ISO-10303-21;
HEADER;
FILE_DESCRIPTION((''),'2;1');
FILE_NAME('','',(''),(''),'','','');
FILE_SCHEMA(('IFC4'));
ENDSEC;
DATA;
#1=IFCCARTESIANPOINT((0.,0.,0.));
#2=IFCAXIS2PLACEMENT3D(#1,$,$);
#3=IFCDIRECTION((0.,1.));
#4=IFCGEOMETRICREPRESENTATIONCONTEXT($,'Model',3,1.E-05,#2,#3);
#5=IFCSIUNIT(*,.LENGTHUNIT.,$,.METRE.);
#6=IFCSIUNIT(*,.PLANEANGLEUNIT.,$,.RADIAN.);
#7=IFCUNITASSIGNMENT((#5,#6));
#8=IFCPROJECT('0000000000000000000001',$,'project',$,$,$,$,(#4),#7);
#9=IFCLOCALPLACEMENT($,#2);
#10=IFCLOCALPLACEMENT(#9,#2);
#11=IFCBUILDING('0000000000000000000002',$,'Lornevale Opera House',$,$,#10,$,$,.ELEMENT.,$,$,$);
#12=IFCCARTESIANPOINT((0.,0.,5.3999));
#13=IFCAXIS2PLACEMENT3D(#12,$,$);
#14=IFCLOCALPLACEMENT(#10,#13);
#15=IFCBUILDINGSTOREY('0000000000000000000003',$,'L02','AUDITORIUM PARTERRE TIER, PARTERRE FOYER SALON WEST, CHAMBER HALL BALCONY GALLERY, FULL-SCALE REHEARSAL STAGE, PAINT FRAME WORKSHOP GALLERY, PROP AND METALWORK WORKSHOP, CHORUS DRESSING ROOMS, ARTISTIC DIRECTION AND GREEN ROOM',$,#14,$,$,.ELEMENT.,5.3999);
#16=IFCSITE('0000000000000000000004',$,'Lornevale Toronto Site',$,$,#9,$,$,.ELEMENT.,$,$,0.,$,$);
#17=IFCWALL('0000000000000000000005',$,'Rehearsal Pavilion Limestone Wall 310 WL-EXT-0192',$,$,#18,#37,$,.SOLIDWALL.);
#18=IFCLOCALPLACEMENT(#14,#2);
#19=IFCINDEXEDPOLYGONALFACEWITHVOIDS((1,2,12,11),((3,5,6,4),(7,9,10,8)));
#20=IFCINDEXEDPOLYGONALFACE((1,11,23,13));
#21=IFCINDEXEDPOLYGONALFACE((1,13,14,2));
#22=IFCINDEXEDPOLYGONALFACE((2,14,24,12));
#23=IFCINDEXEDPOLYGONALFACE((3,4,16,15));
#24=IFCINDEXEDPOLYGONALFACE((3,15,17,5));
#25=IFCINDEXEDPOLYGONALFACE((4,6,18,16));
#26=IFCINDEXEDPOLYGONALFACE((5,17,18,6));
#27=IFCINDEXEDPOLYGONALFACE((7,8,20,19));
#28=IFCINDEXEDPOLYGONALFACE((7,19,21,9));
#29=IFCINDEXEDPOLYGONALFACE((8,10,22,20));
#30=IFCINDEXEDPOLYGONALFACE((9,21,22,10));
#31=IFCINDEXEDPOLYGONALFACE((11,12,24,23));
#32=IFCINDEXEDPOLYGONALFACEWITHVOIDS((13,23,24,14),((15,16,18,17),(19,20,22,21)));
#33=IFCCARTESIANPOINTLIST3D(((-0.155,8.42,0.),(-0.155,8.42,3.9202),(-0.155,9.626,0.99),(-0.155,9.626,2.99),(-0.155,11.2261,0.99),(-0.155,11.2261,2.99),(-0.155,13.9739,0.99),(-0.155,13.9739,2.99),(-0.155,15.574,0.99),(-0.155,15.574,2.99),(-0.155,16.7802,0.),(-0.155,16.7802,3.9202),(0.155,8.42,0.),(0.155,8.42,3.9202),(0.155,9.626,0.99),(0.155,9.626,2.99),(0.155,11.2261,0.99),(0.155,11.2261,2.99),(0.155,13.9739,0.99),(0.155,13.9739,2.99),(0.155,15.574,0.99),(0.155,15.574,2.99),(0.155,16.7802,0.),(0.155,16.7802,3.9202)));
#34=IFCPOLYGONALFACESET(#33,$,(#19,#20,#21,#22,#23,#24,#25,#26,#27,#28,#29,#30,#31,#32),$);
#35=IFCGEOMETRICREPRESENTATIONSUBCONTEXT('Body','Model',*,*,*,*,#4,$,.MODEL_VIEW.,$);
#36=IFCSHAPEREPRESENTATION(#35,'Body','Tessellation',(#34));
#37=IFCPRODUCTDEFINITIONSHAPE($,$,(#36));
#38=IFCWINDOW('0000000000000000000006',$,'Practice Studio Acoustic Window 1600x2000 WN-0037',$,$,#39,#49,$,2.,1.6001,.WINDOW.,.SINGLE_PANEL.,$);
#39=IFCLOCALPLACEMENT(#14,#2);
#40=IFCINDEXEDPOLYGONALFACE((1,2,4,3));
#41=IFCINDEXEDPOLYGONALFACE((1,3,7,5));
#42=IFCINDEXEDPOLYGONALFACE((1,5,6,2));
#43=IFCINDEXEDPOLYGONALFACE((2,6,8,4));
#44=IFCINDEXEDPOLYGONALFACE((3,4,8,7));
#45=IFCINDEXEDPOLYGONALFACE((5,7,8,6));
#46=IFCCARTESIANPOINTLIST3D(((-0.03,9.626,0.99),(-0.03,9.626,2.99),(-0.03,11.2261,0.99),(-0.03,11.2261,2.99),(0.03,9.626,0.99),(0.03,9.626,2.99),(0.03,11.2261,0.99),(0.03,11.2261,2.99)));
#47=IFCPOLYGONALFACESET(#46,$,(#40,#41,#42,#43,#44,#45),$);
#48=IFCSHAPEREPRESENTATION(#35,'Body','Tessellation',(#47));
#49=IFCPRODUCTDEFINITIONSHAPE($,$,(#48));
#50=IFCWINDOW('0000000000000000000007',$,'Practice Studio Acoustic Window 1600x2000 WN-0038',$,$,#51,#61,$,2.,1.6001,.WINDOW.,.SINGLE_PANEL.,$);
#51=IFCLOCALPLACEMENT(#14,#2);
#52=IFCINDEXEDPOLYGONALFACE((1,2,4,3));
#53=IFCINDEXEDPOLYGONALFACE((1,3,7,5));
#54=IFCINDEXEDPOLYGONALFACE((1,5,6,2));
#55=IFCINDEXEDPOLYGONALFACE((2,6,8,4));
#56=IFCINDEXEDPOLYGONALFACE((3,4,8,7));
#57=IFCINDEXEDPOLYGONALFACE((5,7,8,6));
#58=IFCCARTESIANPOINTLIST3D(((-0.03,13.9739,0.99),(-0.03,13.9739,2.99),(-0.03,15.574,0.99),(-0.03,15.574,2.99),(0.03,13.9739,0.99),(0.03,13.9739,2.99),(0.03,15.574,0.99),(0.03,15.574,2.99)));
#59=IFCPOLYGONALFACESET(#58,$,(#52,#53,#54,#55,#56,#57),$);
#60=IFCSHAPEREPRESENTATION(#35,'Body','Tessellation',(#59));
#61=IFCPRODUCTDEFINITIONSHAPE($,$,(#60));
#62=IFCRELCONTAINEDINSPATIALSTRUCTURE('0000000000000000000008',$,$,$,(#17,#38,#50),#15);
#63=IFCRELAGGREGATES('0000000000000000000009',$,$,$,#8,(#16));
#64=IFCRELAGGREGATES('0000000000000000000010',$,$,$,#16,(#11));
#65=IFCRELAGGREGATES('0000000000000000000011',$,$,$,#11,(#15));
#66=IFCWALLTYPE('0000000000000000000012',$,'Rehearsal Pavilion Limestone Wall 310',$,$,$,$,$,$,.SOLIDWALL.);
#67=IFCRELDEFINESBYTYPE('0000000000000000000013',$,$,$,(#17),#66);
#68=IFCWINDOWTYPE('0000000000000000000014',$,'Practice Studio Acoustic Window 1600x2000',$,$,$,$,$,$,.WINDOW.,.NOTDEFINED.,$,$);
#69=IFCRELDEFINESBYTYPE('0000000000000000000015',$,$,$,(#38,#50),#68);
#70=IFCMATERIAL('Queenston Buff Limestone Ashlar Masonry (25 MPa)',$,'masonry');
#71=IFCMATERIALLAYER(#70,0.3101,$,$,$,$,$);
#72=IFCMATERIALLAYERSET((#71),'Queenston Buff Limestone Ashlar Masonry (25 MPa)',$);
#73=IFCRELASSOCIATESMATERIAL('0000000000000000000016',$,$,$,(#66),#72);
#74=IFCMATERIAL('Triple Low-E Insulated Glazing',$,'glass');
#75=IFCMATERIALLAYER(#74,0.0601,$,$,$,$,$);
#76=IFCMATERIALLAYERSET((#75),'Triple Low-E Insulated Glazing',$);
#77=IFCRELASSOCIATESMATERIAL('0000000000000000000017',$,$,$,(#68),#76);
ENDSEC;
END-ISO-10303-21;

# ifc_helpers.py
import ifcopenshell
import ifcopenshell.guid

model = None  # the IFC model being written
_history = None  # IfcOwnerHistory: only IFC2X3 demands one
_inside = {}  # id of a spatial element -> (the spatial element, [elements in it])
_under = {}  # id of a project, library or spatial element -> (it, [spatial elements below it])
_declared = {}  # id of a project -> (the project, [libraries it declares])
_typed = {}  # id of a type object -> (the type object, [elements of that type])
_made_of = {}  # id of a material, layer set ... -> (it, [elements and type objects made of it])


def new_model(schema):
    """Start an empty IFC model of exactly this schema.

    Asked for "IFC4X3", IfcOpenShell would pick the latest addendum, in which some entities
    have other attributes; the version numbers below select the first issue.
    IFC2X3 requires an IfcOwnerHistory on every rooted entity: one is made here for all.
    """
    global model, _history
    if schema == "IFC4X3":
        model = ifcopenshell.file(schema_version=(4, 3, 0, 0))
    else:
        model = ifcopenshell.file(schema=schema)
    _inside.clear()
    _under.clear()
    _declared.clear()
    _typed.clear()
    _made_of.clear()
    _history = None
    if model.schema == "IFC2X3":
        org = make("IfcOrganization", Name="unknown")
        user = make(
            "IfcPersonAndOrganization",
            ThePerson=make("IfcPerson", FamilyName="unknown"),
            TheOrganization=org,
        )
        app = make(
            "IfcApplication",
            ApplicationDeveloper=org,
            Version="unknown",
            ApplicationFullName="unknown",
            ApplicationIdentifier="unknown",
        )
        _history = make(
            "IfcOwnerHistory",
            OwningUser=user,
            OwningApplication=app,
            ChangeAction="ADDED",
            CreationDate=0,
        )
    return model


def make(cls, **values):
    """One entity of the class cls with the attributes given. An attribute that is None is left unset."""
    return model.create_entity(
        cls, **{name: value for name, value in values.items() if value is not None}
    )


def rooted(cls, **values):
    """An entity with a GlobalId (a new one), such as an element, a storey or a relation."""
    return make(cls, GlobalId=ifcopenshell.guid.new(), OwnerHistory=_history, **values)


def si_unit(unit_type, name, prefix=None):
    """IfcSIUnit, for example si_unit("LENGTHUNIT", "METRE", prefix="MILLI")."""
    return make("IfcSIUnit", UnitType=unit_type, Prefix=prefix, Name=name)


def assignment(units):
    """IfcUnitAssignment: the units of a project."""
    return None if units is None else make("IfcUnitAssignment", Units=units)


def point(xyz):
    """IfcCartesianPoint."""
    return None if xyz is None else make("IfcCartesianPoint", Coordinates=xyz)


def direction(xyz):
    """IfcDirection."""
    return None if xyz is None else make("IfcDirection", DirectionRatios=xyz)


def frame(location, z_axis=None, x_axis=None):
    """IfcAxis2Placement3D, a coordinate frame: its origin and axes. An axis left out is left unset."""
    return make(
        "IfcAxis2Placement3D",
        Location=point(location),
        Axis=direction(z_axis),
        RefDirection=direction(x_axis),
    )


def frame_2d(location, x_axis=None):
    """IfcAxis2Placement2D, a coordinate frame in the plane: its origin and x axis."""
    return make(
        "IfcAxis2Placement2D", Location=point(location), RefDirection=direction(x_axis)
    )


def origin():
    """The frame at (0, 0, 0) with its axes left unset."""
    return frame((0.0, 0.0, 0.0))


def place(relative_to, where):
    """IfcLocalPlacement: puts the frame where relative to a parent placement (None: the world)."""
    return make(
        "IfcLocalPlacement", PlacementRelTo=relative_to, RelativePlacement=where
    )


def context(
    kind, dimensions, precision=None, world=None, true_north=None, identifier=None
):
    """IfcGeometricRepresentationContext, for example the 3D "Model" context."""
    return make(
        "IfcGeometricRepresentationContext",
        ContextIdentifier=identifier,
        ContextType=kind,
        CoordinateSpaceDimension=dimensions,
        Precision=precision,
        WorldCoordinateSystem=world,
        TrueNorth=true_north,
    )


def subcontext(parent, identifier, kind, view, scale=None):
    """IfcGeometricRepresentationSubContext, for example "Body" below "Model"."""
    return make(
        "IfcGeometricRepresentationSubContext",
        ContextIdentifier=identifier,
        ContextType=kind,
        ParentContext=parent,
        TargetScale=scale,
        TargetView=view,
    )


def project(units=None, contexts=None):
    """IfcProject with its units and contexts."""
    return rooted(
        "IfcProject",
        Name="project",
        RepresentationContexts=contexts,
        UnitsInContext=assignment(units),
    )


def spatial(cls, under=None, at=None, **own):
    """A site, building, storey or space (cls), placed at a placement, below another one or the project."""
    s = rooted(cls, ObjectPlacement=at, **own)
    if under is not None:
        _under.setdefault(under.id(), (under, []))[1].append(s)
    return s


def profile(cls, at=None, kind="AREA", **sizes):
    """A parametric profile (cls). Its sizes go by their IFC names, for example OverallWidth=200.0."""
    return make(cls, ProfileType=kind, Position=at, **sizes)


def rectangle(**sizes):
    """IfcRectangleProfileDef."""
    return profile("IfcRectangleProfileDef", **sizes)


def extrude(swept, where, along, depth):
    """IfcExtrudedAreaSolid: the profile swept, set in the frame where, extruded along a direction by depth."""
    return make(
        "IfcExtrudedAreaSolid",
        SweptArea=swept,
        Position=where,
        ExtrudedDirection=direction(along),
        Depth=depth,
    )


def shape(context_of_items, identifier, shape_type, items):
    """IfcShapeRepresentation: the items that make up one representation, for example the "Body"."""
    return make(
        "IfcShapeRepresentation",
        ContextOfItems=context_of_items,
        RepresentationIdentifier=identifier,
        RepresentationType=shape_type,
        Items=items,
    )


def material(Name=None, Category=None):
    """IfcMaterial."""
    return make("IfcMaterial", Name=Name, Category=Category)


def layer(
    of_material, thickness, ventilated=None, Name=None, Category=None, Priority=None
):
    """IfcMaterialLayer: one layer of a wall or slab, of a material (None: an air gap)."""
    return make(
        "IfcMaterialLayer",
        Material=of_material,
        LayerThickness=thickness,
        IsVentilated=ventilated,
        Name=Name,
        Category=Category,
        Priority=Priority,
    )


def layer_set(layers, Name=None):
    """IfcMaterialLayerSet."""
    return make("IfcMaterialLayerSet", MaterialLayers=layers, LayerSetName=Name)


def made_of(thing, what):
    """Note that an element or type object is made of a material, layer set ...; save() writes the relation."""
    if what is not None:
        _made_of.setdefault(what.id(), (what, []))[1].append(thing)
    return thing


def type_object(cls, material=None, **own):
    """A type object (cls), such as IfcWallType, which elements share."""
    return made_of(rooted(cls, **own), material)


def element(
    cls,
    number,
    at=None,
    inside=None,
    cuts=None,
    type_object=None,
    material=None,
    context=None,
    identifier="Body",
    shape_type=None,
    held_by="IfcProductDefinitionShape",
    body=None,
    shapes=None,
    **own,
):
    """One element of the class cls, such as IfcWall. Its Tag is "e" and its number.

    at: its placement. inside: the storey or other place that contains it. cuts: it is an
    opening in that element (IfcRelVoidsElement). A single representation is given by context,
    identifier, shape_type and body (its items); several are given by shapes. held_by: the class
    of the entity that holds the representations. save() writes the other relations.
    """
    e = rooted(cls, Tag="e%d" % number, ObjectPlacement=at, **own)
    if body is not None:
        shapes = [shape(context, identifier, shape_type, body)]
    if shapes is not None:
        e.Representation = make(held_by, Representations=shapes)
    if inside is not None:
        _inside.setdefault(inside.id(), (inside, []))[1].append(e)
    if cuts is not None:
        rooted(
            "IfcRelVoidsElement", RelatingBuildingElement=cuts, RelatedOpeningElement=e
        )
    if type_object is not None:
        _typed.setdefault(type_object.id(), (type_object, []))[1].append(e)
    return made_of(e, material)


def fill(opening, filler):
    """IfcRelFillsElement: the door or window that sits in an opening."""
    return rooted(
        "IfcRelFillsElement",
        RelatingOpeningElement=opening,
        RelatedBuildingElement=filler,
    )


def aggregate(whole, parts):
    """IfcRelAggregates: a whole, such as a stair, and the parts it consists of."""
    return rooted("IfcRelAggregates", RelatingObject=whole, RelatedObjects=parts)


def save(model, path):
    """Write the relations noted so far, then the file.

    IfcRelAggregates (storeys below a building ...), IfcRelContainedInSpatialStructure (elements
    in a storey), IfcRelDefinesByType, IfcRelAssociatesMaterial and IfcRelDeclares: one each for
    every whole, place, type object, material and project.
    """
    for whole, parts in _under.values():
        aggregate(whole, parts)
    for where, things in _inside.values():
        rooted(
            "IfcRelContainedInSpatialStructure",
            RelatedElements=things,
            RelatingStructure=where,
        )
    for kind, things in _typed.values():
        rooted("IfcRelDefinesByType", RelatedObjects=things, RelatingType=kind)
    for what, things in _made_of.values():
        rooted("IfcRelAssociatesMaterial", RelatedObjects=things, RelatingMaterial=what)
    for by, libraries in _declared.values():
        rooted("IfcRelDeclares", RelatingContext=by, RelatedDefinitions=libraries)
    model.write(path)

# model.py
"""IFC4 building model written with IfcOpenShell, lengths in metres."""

from ifc_helpers import new_model, si_unit, direction, frame, frame_2d, origin, place, context, subcontext, project, spatial, rectangle, extrude, material, layer, layer_set, type_object, element, fill, save


model = new_model("IFC4")

# Units and contexts
model_context = context("Model", 3, precision=1e-05, world=origin(), true_north=direction((0.0, 1.0)))
body_context = subcontext(model_context, "Body", "Model", "MODEL_VIEW")
ifc_project = project(units=[si_unit("LENGTHUNIT", "METRE"), si_unit("PLANEANGLEUNIT", "RADIAN")], contexts=[model_context])

# Site, building, storey
site_placement = place(None, origin())
site = spatial("IfcSite", under=ifc_project, at=site_placement, Name="Lornevale Toronto Site", CompositionType="ELEMENT", RefElevation=0.0)
building_placement = place(site_placement, origin())
building = spatial("IfcBuilding", under=site, at=building_placement, Name="Lornevale Opera House", CompositionType="ELEMENT")
storey_placement = place(building_placement, frame((0.0, 0.0, 5.3999)))
storey = spatial("IfcBuildingStorey", under=building, at=storey_placement, Name="L02", Description="AUDITORIUM PARTERRE TIER, PARTERRE FOYER SALON WEST, CHAMBER HALL BALCONY GALLERY, FULL-SCALE REHEARSAL STAGE, PAINT FRAME WORKSHOP GALLERY, PROP AND METALWORK WORKSHOP, CHORUS DRESSING ROOMS, ARTISTIC DIRECTION AND GREEN ROOM", CompositionType="ELEMENT", Elevation=5.3999)

# Shared definitions
ifc_material_1 = material(Name="Triple Low-E Insulated Glazing", Category="glass")

# Shared definitions
ifc_material_2 = material(Name="Queenston Buff Limestone Ashlar Masonry (25 MPa)", Category="masonry")
ifc_layer_1 = layer(ifc_material_2, 0.3101)
ifc_layer_set_1 = layer_set([ifc_layer_1], Name="Queenston Buff Limestone Ashlar Masonry (25 MPa)")
wall_type = type_object("IfcWallType", Name="Rehearsal Pavilion Limestone Wall 310", PredefinedType="SOLIDWALL", material=ifc_layer_set_1)

# Wall, openings, windows
wall_1_placement = place(storey_placement, frame((0.0, 8.4199, 0.0), z_axis=(0.0, 0.0, 1.0), x_axis=(0.0, 1.0, 0.0)))
wall_1 = element("IfcWall", 1, at=wall_1_placement, inside=storey, type_object=wall_type, Name="Rehearsal Pavilion Limestone Wall 310 WL-EXT-0192", PredefinedType="SOLIDWALL", context=body_context, shape_type="SweptSolid", body=[
    extrude(rectangle(XDim=8.3601, YDim=0.3101, at=frame_2d((4.1802, 0.0))), origin(), (0.0, 0.0, 1.0), 3.9202),
])
opening_1_placement = place(wall_1_placement, frame((1.2061, 0.0, 0.99)))
opening_1 = element("IfcOpeningElement", 2, at=opening_1_placement, cuts=wall_1, PredefinedType="OPENING", context=body_context, shape_type="SweptSolid", body=[
    extrude(rectangle(XDim=1.6001, YDim=2.0, at=frame_2d((0.8, 1.0))), frame((0.0, 0.165, 0.0), z_axis=(0.0, -1.0, 0.0), x_axis=(1.0, 0.0, 0.0)), (0.0, 0.0, 1.0), 0.3301),
])
opening_2_placement = place(wall_1_placement, frame((5.554, 0.0, 0.99)))
opening_2 = element("IfcOpeningElement", 3, at=opening_2_placement, cuts=wall_1, PredefinedType="OPENING", context=body_context, shape_type="SweptSolid", body=[
    extrude(rectangle(XDim=1.6001, YDim=2.0, at=frame_2d((0.8, 1.0))), frame((0.0, 0.165, 0.0), z_axis=(0.0, -1.0, 0.0), x_axis=(1.0, 0.0, 0.0)), (0.0, 0.0, 1.0), 0.3301),
])
ifc_layer_2 = layer(ifc_material_1, 0.0601)
ifc_layer_set_2 = layer_set([ifc_layer_2], Name="Triple Low-E Insulated Glazing")
window_type_1 = type_object("IfcWindowType", Name="Practice Studio Acoustic Window 1600x2000", PartitioningType="NOTDEFINED", PredefinedType="WINDOW", material=ifc_layer_set_2)
window_1_placement = place(opening_1_placement, origin())
window_1 = element("IfcWindow", 4, at=window_1_placement, inside=storey, type_object=window_type_1, Name="Practice Studio Acoustic Window 1600x2000 WN-0037", OverallHeight=2.0, OverallWidth=1.6001, PartitioningType="SINGLE_PANEL", PredefinedType="WINDOW", context=body_context, shape_type="SweptSolid", body=[
    extrude(rectangle(XDim=1.6001, YDim=2.0, at=frame_2d((0.8, 1.0))), frame((0.0, 0.03, 0.0), z_axis=(0.0, -1.0, 0.0), x_axis=(1.0, 0.0, 0.0)), (0.0, 0.0, 1.0), 0.0601),
])
fill(opening_1, window_1)
window_2_placement = place(opening_2_placement, origin())
window_2 = element("IfcWindow", 5, at=window_2_placement, inside=storey, type_object=window_type_1, Name="Practice Studio Acoustic Window 1600x2000 WN-0038", OverallHeight=2.0, OverallWidth=1.6001, PartitioningType="SINGLE_PANEL", PredefinedType="WINDOW", context=body_context, shape_type="SweptSolid", body=[
    extrude(rectangle(XDim=1.6001, YDim=2.0, at=frame_2d((0.8, 1.0))), frame((0.0, 0.03, 0.0), z_axis=(0.0, -1.0, 0.0), x_axis=(1.0, 0.0, 0.0)), (0.0, 0.0, 1.0), 0.0601),
])
fill(opening_2, window_2)

save(model, "model.ifc")
